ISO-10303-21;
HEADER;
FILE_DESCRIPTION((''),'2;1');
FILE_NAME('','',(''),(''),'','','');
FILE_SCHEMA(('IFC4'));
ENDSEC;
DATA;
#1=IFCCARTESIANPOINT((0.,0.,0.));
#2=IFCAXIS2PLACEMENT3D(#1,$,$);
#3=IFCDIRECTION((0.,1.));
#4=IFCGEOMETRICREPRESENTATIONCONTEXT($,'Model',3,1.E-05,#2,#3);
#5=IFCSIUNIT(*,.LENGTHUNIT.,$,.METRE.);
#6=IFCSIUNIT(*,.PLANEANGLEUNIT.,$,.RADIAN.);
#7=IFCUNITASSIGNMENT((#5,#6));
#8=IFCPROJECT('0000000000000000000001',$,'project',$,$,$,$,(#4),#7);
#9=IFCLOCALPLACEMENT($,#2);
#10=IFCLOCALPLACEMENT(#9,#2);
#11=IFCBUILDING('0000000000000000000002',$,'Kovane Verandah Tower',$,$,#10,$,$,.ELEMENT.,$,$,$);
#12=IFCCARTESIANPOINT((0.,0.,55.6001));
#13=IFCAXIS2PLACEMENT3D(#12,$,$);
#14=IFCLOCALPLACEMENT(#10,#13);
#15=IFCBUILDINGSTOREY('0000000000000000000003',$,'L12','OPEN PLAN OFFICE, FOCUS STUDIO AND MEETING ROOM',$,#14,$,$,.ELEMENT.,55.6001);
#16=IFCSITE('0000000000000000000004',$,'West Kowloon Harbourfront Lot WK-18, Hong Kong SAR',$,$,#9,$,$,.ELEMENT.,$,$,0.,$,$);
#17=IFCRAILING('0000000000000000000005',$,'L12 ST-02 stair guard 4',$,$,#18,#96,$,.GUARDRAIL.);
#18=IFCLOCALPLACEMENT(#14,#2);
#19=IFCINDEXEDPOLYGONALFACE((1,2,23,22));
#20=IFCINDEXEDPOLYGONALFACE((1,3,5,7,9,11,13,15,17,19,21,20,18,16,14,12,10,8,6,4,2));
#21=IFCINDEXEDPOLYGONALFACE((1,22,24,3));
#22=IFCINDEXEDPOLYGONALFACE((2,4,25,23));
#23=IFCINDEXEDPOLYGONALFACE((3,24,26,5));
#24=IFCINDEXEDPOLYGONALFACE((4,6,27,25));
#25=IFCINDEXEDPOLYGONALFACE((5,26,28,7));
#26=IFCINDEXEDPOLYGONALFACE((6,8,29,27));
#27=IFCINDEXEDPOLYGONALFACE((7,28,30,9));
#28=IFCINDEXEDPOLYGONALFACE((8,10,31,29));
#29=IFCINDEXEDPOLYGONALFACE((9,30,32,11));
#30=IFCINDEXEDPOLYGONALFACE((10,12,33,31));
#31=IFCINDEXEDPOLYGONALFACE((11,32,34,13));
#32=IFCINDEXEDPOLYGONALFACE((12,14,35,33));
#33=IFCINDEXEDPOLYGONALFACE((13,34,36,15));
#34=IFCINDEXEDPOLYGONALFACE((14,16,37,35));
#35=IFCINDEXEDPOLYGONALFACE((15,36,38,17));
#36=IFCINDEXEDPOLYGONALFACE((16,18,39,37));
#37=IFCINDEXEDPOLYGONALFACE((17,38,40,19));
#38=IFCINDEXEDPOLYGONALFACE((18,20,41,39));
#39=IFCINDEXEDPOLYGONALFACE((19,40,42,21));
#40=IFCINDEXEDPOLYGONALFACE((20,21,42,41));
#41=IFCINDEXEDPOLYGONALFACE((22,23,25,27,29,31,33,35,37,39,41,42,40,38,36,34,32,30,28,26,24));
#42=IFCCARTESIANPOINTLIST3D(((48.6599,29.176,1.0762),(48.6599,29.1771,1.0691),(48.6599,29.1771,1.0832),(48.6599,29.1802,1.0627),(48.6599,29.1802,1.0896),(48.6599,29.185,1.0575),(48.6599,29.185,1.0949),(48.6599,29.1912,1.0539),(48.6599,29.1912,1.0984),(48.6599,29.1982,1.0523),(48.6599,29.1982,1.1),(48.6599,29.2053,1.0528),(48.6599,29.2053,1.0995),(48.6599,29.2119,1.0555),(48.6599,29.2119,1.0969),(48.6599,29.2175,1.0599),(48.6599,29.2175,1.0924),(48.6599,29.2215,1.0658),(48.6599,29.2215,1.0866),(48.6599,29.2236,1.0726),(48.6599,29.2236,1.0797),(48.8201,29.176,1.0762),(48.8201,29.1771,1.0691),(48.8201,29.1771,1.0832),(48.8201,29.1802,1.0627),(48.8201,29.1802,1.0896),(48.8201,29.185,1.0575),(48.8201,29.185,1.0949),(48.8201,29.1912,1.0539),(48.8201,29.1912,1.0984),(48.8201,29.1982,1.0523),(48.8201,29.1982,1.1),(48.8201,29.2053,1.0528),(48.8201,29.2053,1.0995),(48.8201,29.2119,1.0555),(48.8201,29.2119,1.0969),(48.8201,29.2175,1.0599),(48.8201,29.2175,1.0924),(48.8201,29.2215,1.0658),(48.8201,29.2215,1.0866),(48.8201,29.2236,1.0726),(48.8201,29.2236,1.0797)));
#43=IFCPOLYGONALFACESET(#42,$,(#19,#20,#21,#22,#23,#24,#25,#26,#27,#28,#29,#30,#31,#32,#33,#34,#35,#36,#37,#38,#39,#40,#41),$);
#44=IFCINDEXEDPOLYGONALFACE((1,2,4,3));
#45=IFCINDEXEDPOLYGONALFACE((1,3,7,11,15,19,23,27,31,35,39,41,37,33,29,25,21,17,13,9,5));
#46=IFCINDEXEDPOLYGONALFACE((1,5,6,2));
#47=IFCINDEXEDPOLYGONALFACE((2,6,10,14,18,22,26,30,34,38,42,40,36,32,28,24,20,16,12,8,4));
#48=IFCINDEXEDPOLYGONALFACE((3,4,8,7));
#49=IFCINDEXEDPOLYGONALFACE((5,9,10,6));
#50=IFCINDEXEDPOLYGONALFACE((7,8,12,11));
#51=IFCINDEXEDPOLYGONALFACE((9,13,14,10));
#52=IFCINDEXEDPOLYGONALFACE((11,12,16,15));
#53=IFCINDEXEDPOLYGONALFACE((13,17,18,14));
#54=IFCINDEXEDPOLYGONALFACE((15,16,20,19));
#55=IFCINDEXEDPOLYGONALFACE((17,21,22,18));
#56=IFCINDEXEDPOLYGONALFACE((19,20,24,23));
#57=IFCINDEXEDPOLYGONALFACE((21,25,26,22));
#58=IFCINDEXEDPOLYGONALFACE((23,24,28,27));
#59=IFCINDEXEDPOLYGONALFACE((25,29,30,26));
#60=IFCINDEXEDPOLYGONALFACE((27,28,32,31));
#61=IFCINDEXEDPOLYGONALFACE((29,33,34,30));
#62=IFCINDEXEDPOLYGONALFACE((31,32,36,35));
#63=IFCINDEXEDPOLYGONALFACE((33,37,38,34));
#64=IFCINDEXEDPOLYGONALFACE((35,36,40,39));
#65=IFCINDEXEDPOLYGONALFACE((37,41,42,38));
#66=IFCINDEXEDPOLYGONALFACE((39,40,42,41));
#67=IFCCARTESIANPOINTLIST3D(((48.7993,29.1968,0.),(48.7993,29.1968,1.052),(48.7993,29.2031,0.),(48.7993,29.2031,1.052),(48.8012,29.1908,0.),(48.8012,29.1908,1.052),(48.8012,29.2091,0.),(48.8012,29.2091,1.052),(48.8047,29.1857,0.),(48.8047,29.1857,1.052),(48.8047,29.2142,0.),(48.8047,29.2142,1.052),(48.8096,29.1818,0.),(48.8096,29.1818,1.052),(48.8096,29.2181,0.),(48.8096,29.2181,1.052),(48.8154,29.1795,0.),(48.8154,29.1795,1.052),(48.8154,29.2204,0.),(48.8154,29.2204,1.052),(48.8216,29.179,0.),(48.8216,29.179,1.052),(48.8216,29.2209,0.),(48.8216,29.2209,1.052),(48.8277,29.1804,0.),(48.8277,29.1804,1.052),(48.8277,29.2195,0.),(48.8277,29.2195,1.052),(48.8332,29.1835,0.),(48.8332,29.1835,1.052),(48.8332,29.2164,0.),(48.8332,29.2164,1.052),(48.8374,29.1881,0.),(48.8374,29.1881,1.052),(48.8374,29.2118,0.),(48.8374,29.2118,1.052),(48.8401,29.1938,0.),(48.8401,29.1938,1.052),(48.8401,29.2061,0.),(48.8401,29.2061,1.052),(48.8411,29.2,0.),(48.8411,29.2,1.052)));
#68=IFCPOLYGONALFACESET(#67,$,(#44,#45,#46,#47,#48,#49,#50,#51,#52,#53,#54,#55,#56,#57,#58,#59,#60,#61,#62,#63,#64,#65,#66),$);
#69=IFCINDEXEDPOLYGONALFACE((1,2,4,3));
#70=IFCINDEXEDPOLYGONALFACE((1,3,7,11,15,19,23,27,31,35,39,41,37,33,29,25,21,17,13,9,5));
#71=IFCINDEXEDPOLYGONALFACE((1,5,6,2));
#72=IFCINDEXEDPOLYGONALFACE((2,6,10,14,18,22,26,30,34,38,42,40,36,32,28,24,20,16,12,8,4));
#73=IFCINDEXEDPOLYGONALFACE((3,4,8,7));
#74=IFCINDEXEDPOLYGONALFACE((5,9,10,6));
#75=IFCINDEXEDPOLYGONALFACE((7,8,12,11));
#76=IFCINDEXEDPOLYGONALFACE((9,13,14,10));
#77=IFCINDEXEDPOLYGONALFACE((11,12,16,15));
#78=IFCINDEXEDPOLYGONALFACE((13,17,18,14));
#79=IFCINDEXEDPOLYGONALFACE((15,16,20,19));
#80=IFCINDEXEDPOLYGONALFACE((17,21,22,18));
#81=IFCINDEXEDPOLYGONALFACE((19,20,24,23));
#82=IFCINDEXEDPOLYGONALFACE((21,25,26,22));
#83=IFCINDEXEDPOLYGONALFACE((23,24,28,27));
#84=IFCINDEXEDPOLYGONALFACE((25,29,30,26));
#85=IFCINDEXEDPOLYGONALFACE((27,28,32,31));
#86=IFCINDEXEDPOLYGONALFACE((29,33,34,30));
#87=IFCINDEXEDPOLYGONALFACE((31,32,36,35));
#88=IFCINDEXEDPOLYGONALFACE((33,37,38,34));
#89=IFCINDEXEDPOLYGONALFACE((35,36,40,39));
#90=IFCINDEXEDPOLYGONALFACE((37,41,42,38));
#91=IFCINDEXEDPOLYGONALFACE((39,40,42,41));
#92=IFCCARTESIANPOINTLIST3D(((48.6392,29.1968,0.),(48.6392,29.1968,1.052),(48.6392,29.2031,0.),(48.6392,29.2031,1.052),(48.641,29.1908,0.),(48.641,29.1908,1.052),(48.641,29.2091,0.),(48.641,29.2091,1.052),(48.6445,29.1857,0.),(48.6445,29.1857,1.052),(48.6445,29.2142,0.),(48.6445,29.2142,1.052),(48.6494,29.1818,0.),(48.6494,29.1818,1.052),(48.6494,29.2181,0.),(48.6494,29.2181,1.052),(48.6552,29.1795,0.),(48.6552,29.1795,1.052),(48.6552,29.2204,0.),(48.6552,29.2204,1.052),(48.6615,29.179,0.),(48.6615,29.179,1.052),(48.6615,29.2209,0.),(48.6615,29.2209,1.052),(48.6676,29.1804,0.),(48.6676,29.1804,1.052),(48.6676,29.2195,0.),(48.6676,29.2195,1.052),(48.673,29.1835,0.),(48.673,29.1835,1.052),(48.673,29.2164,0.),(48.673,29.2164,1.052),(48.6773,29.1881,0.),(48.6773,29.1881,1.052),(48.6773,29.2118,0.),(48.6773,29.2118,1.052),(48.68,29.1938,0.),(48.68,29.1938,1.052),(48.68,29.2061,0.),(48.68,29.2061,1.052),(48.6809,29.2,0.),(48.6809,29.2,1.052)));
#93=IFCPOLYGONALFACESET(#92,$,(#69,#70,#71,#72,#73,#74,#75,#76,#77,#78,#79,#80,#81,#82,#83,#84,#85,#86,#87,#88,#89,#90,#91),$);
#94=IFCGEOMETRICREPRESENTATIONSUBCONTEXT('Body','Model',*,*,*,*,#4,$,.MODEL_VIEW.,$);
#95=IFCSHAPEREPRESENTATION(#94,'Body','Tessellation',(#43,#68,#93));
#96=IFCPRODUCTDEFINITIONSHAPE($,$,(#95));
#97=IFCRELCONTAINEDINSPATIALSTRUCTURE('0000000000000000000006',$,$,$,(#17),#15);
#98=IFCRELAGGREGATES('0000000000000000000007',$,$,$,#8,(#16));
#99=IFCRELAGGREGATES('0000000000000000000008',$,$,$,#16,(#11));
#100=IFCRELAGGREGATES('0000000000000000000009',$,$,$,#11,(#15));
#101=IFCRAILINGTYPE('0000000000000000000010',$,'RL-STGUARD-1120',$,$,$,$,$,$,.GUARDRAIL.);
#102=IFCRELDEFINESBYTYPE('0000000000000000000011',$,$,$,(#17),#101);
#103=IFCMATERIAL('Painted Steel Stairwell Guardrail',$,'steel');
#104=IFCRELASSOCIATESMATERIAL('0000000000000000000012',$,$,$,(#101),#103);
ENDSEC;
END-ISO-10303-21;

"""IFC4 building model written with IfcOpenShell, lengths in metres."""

from ifc_helpers import new_model, si_unit, direction, frame, origin, origin_2d, place, context, subcontext, project, spatial, circle, extrude, material, type_object, element, save


model = new_model("IFC4")

# Units and contexts
model_context = context("Model", 3, precision=1e-05, world=origin(), true_north=direction((0.0, 1.0)))
body_context = subcontext(model_context, "Body", "Model", "MODEL_VIEW")
ifc_project = project(units=[si_unit("LENGTHUNIT", "METRE"), si_unit("PLANEANGLEUNIT", "RADIAN")], contexts=[model_context])

# Site, building, storey
site_placement = place(None, origin())
site = spatial("IfcSite", under=ifc_project, at=site_placement, Name="West Kowloon Harbourfront Lot WK-18, Hong Kong SAR", CompositionType="ELEMENT", RefElevation=0.0)
building_placement = place(site_placement, origin())
building = spatial("IfcBuilding", under=site, at=building_placement, Name="Kovane Verandah Tower", CompositionType="ELEMENT")
storey_placement = place(building_placement, frame((0.0, 0.0, 55.6001)))
storey = spatial("IfcBuildingStorey", under=building, at=storey_placement, Name="L12", Description="OPEN PLAN OFFICE, FOCUS STUDIO AND MEETING ROOM", CompositionType="ELEMENT", Elevation=55.6001)

# Railing
ifc_material_1 = material(Name="Painted Steel Stairwell Guardrail", Category="steel")
railing_type_1 = type_object("IfcRailingType", Name="RL-STGUARD-1120", PredefinedType="GUARDRAIL", material=ifc_material_1)
railing_1_placement = place(storey_placement, frame((48.8201, 29.2, 0.0)))
element("IfcRailing", 1, at=railing_1_placement, inside=storey, type_object=railing_type_1, Name="L12 ST-02 stair guard 4", PredefinedType="GUARDRAIL", context=body_context, shape_type="SweptSolid", body=[
    extrude(circle(Radius=0.0239, at=origin_2d()), frame((0.0, 0.0, 1.0762), z_axis=(-1.0, 0.0, 0.0), x_axis=(0.0, -1.0, 0.0)), (0.0, 0.0, 1.0), 0.1602),
    extrude(circle(Radius=0.021, at=origin_2d()), origin(), (0.0, 0.0, 1.0), 1.052),
    extrude(circle(Radius=0.021, at=origin_2d()), frame((-0.1602, 0.0, 0.0)), (0.0, 0.0, 1.0), 1.052),
])

save(model, "model.ifc")
